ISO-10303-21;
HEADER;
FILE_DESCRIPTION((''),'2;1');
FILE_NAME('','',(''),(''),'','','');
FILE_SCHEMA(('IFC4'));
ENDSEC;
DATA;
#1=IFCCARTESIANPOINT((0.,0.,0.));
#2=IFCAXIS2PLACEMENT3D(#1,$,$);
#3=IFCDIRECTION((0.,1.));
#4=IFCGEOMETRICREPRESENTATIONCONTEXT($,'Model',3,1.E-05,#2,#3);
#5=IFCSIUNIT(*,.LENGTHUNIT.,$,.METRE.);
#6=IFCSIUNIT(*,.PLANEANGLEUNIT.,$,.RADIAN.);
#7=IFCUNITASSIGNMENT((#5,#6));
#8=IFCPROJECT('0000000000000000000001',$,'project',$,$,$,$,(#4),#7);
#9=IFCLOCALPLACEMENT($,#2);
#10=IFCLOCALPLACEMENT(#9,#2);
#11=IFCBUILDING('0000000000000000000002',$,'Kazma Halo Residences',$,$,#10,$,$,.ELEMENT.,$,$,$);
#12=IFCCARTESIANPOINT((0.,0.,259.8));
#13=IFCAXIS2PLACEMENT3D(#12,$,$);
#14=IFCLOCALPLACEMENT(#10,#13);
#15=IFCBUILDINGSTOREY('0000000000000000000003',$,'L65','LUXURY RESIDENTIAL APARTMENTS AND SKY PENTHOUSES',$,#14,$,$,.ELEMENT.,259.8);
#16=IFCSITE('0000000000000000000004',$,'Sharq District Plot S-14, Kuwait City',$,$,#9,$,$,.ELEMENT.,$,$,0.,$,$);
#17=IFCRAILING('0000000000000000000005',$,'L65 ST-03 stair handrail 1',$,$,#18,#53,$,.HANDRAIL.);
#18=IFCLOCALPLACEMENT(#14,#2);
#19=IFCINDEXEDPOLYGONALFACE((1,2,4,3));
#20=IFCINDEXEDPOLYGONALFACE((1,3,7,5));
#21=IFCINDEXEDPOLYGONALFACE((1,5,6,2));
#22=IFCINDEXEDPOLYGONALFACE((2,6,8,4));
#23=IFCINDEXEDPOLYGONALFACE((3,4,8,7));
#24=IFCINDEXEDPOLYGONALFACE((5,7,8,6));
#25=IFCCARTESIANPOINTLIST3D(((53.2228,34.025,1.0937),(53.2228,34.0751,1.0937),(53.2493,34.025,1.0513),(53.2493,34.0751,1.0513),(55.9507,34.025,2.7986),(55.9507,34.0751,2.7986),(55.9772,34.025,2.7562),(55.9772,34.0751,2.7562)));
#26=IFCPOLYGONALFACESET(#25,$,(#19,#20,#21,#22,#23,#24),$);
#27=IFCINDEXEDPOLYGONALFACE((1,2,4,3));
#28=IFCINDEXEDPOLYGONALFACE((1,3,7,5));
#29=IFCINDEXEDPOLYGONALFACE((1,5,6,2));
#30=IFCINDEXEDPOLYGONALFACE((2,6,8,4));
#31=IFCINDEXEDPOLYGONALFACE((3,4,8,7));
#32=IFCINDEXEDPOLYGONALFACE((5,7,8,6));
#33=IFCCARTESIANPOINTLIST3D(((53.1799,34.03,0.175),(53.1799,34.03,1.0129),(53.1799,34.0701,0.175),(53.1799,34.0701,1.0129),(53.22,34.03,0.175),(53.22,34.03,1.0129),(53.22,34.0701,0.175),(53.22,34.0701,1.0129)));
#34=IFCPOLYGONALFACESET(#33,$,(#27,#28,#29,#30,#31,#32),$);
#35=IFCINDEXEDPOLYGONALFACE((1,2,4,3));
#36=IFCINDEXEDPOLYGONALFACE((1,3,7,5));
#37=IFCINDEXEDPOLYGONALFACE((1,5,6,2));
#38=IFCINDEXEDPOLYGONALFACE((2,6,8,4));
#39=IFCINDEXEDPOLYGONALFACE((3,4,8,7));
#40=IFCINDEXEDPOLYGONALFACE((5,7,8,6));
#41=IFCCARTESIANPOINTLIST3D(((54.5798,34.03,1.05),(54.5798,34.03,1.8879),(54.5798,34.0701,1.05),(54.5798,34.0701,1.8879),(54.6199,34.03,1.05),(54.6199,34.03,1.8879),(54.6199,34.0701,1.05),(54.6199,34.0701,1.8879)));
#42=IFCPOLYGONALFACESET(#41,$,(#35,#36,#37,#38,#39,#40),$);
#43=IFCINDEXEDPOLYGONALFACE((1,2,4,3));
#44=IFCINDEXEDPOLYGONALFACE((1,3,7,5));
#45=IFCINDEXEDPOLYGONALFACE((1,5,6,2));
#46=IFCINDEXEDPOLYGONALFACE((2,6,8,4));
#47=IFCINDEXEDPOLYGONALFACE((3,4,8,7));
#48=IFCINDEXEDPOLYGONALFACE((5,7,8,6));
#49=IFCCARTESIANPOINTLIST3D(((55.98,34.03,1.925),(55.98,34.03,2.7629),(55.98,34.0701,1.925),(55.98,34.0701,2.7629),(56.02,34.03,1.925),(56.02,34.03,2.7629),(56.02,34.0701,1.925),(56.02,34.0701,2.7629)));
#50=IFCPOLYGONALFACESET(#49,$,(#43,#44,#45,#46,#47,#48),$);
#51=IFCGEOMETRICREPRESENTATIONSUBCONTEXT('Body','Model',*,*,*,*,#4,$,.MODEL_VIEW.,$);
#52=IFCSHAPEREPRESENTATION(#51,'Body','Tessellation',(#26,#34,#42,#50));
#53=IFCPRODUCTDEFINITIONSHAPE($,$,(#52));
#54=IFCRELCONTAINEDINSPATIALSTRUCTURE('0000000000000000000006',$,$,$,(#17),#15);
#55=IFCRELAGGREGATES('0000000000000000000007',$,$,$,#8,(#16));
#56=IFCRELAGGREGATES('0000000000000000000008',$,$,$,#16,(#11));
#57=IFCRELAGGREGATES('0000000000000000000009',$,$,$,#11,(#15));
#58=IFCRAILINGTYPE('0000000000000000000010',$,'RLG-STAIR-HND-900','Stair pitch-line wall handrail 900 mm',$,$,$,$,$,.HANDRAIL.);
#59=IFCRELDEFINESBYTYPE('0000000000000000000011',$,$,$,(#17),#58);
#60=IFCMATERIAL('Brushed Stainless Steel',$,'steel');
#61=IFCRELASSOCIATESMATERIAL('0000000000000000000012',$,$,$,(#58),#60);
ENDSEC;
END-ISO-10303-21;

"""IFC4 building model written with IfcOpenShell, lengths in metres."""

from ifc_helpers import new_model, si_unit, direction, frame, origin, origin_2d, place, context, subcontext, project, spatial, rectangle, extrude, material, type_object, element, save


model = new_model("IFC4")

# Units and contexts
model_context = context("Model", 3, precision=1e-05, world=origin(), true_north=direction((0.0, 1.0)))
body_context = subcontext(model_context, "Body", "Model", "MODEL_VIEW")
ifc_project = project(units=[si_unit("LENGTHUNIT", "METRE"), si_unit("PLANEANGLEUNIT", "RADIAN")], contexts=[model_context])

# Site, building, storey
site_placement = place(None, origin())
site = spatial("IfcSite", under=ifc_project, at=site_placement, Name="Sharq District Plot S-14, Kuwait City", CompositionType="ELEMENT", RefElevation=0.0)
building_placement = place(site_placement, origin())
building = spatial("IfcBuilding", under=site, at=building_placement, Name="Kazma Halo Residences", CompositionType="ELEMENT")
storey_placement = place(building_placement, frame((0.0, 0.0, 259.8)))
storey = spatial("IfcBuildingStorey", under=building, at=storey_placement, Name="L65", Description="LUXURY RESIDENTIAL APARTMENTS AND SKY PENTHOUSES", CompositionType="ELEMENT", Elevation=259.8)

# Railing
ifc_material_1 = material(Name="Brushed Stainless Steel", Category="steel")
railing_type_1 = type_object("IfcRailingType", Name="RLG-STAIR-HND-900", Description="Stair pitch-line wall handrail 900 mm", PredefinedType="HANDRAIL", material=ifc_material_1)
railing_1_placement = place(storey_placement, frame((53.2, 34.05, 0.175)))
element("IfcRailing", 1, at=railing_1_placement, inside=storey, type_object=railing_type_1, Name="L65 ST-03 stair handrail 1", PredefinedType="HANDRAIL", context=body_context, shape_type="SweptSolid", body=[
    extrude(rectangle(XDim=0.05, YDim=0.05, at=origin_2d()), frame((0.0361, 0.0, 0.8975), z_axis=(0.848002, 0.0, 0.529992), x_axis=(0.0, 1.0, 0.0)), (0.0, 0.0, 1.0), 3.2168),
    extrude(rectangle(XDim=0.04, YDim=0.04, at=origin_2d()), origin(), (0.0, 0.0, 1.0), 0.8379),
    extrude(rectangle(XDim=0.04, YDim=0.04, at=origin_2d()), frame((1.3999, 0.0, 0.875)), (0.0, 0.0, 1.0), 0.8379),
    extrude(rectangle(XDim=0.04, YDim=0.04, at=origin_2d()), frame((2.8, 0.0, 1.75)), (0.0, 0.0, 1.0), 0.8379),
])

save(model, "model.ifc")
